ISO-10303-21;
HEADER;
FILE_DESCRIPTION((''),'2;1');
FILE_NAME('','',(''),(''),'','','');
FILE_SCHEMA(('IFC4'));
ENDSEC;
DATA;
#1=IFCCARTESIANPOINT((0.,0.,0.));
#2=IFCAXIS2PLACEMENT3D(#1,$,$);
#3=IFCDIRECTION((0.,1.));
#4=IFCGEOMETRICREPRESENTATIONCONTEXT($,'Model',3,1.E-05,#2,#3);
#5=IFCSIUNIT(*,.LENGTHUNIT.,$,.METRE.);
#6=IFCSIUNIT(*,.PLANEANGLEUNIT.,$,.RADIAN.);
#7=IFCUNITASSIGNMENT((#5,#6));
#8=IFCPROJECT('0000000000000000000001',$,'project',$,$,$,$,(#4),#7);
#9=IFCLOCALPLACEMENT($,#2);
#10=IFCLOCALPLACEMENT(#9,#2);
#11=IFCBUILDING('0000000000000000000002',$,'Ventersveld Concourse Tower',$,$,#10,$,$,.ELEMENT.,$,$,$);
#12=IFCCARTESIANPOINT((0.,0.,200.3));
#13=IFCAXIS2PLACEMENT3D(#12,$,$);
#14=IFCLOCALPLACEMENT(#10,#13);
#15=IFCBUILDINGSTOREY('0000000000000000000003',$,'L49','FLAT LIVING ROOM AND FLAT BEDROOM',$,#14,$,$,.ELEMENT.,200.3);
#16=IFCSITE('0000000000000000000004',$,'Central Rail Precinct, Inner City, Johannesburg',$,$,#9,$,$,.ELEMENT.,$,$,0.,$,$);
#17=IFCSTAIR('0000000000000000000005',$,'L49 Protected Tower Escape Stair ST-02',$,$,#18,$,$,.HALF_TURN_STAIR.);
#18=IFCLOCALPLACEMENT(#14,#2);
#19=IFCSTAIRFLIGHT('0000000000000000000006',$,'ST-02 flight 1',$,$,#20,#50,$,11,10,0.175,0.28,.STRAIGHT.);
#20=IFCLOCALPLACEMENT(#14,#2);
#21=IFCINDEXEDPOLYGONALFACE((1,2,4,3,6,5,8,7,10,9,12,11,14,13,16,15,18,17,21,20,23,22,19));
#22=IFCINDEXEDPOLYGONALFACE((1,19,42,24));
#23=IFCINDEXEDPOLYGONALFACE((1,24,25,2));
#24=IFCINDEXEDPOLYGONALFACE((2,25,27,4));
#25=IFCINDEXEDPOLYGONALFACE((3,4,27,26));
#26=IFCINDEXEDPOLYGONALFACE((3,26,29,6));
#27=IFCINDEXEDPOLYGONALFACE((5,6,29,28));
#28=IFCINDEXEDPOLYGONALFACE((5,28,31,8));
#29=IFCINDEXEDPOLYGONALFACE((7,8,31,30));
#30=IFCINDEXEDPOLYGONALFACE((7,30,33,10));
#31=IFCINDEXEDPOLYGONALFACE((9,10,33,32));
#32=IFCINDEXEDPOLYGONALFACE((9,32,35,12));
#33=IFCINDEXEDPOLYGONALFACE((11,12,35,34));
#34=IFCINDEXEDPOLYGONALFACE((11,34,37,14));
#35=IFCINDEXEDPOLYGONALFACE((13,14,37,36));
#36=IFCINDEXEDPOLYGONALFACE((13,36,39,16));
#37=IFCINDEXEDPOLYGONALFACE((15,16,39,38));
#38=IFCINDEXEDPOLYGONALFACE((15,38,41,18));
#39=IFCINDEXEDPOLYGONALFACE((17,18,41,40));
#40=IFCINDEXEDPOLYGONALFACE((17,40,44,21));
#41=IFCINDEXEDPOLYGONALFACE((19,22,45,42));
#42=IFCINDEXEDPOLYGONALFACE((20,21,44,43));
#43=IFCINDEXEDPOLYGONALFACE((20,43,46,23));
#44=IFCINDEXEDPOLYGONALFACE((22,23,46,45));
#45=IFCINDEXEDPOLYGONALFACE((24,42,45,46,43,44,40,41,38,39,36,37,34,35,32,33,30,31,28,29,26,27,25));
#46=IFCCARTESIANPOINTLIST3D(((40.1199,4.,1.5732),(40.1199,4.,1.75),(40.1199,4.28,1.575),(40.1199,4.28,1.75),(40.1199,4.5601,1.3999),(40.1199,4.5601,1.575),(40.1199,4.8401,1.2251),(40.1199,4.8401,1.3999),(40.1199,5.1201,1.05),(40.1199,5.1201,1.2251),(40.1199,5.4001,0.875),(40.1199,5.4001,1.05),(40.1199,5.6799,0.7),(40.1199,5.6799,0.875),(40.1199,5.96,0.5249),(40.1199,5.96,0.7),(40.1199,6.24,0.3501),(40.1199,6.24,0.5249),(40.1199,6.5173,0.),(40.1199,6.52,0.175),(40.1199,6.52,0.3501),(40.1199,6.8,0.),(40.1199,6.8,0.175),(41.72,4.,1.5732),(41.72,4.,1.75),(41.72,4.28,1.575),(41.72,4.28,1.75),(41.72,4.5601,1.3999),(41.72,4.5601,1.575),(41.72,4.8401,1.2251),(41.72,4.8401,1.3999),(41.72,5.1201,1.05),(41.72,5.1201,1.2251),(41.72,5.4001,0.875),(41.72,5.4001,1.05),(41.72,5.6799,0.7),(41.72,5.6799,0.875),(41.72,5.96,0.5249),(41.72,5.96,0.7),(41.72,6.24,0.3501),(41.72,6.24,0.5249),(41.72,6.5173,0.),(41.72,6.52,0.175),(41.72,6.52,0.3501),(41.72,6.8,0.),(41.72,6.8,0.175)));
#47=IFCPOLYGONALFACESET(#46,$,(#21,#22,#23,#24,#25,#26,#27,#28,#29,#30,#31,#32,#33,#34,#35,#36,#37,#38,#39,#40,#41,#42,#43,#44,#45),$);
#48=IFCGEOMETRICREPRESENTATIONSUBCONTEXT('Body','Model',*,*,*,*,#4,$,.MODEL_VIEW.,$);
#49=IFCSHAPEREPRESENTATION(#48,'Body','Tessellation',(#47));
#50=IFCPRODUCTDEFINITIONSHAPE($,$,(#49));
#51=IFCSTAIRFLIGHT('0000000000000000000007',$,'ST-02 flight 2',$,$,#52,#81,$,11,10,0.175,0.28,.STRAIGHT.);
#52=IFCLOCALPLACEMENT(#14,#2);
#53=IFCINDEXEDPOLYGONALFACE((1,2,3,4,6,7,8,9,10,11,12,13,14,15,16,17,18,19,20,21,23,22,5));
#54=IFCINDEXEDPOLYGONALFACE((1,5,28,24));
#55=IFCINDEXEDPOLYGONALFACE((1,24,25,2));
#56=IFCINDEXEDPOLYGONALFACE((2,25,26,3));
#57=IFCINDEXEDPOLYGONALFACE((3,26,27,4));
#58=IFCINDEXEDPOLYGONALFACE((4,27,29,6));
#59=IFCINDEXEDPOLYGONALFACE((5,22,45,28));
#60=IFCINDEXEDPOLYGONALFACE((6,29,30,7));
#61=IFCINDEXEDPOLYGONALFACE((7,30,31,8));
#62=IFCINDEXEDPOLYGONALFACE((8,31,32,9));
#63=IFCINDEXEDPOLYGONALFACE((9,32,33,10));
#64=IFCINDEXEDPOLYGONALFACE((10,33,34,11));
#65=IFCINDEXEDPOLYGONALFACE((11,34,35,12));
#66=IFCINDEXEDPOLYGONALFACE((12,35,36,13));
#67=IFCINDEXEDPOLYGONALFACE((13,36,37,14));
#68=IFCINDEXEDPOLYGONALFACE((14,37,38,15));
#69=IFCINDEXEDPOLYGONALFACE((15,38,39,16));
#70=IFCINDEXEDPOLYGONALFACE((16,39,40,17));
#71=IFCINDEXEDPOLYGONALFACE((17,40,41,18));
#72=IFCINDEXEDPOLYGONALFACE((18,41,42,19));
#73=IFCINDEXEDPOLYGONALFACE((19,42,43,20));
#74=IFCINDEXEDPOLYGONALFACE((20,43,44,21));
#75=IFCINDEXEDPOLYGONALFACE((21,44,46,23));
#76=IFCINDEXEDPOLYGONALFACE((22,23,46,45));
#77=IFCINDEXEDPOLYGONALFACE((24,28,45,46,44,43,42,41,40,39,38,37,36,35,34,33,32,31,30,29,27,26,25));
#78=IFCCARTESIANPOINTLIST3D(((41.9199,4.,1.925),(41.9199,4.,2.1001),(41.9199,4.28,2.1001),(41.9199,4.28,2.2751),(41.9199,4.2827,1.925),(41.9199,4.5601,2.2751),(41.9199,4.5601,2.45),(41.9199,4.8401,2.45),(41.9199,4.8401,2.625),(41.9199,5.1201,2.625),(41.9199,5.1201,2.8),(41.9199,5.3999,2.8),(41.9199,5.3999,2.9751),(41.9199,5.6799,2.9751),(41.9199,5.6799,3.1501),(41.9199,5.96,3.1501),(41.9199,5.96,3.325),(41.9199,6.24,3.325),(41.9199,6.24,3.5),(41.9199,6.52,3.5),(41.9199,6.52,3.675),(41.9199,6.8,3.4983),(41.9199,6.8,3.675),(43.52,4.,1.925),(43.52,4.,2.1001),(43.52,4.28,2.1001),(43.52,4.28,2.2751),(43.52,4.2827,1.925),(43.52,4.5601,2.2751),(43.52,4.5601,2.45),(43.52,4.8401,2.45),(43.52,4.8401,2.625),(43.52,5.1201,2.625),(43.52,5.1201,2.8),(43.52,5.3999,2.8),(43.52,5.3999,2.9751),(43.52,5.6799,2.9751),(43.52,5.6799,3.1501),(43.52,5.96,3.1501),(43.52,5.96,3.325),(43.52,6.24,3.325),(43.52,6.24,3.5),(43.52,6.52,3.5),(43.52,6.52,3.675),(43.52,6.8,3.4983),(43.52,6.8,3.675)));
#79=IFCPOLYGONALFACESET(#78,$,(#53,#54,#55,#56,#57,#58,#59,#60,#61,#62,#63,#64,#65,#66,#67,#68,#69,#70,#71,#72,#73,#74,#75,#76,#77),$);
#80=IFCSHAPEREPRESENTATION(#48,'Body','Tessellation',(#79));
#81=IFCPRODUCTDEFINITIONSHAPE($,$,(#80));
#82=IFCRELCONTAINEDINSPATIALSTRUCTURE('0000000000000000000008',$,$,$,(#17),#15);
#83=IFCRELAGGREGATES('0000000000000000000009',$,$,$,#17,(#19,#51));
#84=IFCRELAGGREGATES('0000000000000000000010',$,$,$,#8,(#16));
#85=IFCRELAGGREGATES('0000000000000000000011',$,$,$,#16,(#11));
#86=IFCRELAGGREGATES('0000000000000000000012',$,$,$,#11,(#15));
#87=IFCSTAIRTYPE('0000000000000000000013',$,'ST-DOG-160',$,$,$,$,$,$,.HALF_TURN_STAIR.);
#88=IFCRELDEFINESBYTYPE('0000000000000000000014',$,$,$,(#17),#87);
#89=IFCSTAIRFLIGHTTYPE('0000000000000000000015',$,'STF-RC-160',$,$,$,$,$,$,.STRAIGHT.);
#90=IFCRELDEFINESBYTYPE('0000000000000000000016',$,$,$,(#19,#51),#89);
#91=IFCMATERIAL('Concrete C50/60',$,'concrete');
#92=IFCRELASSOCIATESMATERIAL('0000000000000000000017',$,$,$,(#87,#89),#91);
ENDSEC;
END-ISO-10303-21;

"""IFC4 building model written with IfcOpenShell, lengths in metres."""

from ifc_helpers import new_model, si_unit, direction, frame, origin, place, context, subcontext, project, spatial, polyline, outline, extrude, material, type_object, element, aggregate, save


model = new_model("IFC4")

# Units and contexts
model_context = context("Model", 3, precision=1e-05, world=origin(), true_north=direction((0.0, 1.0)))
body_context = subcontext(model_context, "Body", "Model", "MODEL_VIEW")
ifc_project = project(units=[si_unit("LENGTHUNIT", "METRE"), si_unit("PLANEANGLEUNIT", "RADIAN")], contexts=[model_context])

# Site, building, storey
site_placement = place(None, origin())
site = spatial("IfcSite", under=ifc_project, at=site_placement, Name="Central Rail Precinct, Inner City, Johannesburg", CompositionType="ELEMENT", RefElevation=0.0)
building_placement = place(site_placement, origin())
building = spatial("IfcBuilding", under=site, at=building_placement, Name="Ventersveld Concourse Tower", CompositionType="ELEMENT")
storey_placement = place(building_placement, frame((0.0, 0.0, 200.3)))
storey = spatial("IfcBuildingStorey", under=building, at=storey_placement, Name="L49", Description="FLAT LIVING ROOM AND FLAT BEDROOM", CompositionType="ELEMENT", Elevation=200.3)

# Shared definitions
ifc_material_1 = material(Name="Concrete C50/60", Category="concrete")

# Stair, stair flights
stair_type = type_object("IfcStairType", Name="ST-DOG-160", PredefinedType="HALF_TURN_STAIR", material=ifc_material_1)
stair_placement = place(storey_placement, origin())
stair = element("IfcStair", 1, at=stair_placement, inside=storey, type_object=stair_type, Name="L49 Protected Tower Escape Stair ST-02", PredefinedType="HALF_TURN_STAIR")
stair_flight_type = type_object("IfcStairFlightType", Name="STF-RC-160", PredefinedType="STRAIGHT", material=ifc_material_1)
stair_flight_1_placement = place(storey_placement, frame((40.9199, 6.8, 0.0), z_axis=(0.0, 0.0, 1.0), x_axis=(0.0, -1.0, 0.0)))
stair_flight_1 = element("IfcStairFlight", 2, at=stair_flight_1_placement, type_object=stair_flight_type, Name="ST-02 flight 1", NumberOfRisers=11, NumberOfTreads=10, PredefinedType="STRAIGHT", RiserHeight=0.175, TreadLength=0.28, context=body_context, shape_type="SweptSolid", body=[
    extrude(outline(polyline([(0.0, 0.0), (0.0, 0.175), (0.28, 0.175), (0.28, 0.3501), (0.5601, 0.3501), (0.5601, 0.5249), (0.8401, 0.5249), (0.8401, 0.7), (1.1201, 0.7), (1.1201, 0.875), (1.3999, 0.875), (1.3999, 1.05), (1.6799, 1.05), (1.6799, 1.2251), (1.96, 1.2251), (1.96, 1.3999), (2.24, 1.3999), (2.24, 1.575), (2.52, 1.575), (2.52, 1.75), (2.8, 1.75), (2.8, 1.925), (2.8, 1.5732), (0.2827, 0.0), (0.0, 0.0)])), frame((0.0, 0.8, 0.0), z_axis=(0.0, -1.0, 0.0), x_axis=(1.0, 0.0, 0.0)), (0.0, 0.0, 1.0), 1.6001),
])
stair_flight_2_placement = place(storey_placement, frame((42.72, 4.0, 1.925), z_axis=(0.0, 0.0, 1.0), x_axis=(0.0, 1.0, 0.0)))
stair_flight_2 = element("IfcStairFlight", 3, at=stair_flight_2_placement, type_object=stair_flight_type, Name="ST-02 flight 2", NumberOfRisers=11, NumberOfTreads=10, PredefinedType="STRAIGHT", RiserHeight=0.175, TreadLength=0.28, context=body_context, shape_type="SweptSolid", body=[
    extrude(outline(polyline([(0.0, 0.0), (0.0, 0.175), (0.28, 0.175), (0.28, 0.3501), (0.5601, 0.3501), (0.5601, 0.5249), (0.8401, 0.5249), (0.8401, 0.7), (1.1201, 0.7), (1.1201, 0.875), (1.3999, 0.875), (1.3999, 1.05), (1.6799, 1.05), (1.6799, 1.2251), (1.96, 1.2251), (1.96, 1.3999), (2.24, 1.3999), (2.24, 1.575), (2.52, 1.575), (2.52, 1.75), (2.8, 1.75), (2.8, 1.925), (2.8, 1.5732), (0.2827, 0.0), (0.0, 0.0)])), frame((0.0, 0.8, 0.0), z_axis=(0.0, -1.0, 0.0), x_axis=(1.0, 0.0, 0.0)), (0.0, 0.0, 1.0), 1.6001),
])
aggregate(stair, [stair_flight_1, stair_flight_2])

save(model, "model.ifc")
